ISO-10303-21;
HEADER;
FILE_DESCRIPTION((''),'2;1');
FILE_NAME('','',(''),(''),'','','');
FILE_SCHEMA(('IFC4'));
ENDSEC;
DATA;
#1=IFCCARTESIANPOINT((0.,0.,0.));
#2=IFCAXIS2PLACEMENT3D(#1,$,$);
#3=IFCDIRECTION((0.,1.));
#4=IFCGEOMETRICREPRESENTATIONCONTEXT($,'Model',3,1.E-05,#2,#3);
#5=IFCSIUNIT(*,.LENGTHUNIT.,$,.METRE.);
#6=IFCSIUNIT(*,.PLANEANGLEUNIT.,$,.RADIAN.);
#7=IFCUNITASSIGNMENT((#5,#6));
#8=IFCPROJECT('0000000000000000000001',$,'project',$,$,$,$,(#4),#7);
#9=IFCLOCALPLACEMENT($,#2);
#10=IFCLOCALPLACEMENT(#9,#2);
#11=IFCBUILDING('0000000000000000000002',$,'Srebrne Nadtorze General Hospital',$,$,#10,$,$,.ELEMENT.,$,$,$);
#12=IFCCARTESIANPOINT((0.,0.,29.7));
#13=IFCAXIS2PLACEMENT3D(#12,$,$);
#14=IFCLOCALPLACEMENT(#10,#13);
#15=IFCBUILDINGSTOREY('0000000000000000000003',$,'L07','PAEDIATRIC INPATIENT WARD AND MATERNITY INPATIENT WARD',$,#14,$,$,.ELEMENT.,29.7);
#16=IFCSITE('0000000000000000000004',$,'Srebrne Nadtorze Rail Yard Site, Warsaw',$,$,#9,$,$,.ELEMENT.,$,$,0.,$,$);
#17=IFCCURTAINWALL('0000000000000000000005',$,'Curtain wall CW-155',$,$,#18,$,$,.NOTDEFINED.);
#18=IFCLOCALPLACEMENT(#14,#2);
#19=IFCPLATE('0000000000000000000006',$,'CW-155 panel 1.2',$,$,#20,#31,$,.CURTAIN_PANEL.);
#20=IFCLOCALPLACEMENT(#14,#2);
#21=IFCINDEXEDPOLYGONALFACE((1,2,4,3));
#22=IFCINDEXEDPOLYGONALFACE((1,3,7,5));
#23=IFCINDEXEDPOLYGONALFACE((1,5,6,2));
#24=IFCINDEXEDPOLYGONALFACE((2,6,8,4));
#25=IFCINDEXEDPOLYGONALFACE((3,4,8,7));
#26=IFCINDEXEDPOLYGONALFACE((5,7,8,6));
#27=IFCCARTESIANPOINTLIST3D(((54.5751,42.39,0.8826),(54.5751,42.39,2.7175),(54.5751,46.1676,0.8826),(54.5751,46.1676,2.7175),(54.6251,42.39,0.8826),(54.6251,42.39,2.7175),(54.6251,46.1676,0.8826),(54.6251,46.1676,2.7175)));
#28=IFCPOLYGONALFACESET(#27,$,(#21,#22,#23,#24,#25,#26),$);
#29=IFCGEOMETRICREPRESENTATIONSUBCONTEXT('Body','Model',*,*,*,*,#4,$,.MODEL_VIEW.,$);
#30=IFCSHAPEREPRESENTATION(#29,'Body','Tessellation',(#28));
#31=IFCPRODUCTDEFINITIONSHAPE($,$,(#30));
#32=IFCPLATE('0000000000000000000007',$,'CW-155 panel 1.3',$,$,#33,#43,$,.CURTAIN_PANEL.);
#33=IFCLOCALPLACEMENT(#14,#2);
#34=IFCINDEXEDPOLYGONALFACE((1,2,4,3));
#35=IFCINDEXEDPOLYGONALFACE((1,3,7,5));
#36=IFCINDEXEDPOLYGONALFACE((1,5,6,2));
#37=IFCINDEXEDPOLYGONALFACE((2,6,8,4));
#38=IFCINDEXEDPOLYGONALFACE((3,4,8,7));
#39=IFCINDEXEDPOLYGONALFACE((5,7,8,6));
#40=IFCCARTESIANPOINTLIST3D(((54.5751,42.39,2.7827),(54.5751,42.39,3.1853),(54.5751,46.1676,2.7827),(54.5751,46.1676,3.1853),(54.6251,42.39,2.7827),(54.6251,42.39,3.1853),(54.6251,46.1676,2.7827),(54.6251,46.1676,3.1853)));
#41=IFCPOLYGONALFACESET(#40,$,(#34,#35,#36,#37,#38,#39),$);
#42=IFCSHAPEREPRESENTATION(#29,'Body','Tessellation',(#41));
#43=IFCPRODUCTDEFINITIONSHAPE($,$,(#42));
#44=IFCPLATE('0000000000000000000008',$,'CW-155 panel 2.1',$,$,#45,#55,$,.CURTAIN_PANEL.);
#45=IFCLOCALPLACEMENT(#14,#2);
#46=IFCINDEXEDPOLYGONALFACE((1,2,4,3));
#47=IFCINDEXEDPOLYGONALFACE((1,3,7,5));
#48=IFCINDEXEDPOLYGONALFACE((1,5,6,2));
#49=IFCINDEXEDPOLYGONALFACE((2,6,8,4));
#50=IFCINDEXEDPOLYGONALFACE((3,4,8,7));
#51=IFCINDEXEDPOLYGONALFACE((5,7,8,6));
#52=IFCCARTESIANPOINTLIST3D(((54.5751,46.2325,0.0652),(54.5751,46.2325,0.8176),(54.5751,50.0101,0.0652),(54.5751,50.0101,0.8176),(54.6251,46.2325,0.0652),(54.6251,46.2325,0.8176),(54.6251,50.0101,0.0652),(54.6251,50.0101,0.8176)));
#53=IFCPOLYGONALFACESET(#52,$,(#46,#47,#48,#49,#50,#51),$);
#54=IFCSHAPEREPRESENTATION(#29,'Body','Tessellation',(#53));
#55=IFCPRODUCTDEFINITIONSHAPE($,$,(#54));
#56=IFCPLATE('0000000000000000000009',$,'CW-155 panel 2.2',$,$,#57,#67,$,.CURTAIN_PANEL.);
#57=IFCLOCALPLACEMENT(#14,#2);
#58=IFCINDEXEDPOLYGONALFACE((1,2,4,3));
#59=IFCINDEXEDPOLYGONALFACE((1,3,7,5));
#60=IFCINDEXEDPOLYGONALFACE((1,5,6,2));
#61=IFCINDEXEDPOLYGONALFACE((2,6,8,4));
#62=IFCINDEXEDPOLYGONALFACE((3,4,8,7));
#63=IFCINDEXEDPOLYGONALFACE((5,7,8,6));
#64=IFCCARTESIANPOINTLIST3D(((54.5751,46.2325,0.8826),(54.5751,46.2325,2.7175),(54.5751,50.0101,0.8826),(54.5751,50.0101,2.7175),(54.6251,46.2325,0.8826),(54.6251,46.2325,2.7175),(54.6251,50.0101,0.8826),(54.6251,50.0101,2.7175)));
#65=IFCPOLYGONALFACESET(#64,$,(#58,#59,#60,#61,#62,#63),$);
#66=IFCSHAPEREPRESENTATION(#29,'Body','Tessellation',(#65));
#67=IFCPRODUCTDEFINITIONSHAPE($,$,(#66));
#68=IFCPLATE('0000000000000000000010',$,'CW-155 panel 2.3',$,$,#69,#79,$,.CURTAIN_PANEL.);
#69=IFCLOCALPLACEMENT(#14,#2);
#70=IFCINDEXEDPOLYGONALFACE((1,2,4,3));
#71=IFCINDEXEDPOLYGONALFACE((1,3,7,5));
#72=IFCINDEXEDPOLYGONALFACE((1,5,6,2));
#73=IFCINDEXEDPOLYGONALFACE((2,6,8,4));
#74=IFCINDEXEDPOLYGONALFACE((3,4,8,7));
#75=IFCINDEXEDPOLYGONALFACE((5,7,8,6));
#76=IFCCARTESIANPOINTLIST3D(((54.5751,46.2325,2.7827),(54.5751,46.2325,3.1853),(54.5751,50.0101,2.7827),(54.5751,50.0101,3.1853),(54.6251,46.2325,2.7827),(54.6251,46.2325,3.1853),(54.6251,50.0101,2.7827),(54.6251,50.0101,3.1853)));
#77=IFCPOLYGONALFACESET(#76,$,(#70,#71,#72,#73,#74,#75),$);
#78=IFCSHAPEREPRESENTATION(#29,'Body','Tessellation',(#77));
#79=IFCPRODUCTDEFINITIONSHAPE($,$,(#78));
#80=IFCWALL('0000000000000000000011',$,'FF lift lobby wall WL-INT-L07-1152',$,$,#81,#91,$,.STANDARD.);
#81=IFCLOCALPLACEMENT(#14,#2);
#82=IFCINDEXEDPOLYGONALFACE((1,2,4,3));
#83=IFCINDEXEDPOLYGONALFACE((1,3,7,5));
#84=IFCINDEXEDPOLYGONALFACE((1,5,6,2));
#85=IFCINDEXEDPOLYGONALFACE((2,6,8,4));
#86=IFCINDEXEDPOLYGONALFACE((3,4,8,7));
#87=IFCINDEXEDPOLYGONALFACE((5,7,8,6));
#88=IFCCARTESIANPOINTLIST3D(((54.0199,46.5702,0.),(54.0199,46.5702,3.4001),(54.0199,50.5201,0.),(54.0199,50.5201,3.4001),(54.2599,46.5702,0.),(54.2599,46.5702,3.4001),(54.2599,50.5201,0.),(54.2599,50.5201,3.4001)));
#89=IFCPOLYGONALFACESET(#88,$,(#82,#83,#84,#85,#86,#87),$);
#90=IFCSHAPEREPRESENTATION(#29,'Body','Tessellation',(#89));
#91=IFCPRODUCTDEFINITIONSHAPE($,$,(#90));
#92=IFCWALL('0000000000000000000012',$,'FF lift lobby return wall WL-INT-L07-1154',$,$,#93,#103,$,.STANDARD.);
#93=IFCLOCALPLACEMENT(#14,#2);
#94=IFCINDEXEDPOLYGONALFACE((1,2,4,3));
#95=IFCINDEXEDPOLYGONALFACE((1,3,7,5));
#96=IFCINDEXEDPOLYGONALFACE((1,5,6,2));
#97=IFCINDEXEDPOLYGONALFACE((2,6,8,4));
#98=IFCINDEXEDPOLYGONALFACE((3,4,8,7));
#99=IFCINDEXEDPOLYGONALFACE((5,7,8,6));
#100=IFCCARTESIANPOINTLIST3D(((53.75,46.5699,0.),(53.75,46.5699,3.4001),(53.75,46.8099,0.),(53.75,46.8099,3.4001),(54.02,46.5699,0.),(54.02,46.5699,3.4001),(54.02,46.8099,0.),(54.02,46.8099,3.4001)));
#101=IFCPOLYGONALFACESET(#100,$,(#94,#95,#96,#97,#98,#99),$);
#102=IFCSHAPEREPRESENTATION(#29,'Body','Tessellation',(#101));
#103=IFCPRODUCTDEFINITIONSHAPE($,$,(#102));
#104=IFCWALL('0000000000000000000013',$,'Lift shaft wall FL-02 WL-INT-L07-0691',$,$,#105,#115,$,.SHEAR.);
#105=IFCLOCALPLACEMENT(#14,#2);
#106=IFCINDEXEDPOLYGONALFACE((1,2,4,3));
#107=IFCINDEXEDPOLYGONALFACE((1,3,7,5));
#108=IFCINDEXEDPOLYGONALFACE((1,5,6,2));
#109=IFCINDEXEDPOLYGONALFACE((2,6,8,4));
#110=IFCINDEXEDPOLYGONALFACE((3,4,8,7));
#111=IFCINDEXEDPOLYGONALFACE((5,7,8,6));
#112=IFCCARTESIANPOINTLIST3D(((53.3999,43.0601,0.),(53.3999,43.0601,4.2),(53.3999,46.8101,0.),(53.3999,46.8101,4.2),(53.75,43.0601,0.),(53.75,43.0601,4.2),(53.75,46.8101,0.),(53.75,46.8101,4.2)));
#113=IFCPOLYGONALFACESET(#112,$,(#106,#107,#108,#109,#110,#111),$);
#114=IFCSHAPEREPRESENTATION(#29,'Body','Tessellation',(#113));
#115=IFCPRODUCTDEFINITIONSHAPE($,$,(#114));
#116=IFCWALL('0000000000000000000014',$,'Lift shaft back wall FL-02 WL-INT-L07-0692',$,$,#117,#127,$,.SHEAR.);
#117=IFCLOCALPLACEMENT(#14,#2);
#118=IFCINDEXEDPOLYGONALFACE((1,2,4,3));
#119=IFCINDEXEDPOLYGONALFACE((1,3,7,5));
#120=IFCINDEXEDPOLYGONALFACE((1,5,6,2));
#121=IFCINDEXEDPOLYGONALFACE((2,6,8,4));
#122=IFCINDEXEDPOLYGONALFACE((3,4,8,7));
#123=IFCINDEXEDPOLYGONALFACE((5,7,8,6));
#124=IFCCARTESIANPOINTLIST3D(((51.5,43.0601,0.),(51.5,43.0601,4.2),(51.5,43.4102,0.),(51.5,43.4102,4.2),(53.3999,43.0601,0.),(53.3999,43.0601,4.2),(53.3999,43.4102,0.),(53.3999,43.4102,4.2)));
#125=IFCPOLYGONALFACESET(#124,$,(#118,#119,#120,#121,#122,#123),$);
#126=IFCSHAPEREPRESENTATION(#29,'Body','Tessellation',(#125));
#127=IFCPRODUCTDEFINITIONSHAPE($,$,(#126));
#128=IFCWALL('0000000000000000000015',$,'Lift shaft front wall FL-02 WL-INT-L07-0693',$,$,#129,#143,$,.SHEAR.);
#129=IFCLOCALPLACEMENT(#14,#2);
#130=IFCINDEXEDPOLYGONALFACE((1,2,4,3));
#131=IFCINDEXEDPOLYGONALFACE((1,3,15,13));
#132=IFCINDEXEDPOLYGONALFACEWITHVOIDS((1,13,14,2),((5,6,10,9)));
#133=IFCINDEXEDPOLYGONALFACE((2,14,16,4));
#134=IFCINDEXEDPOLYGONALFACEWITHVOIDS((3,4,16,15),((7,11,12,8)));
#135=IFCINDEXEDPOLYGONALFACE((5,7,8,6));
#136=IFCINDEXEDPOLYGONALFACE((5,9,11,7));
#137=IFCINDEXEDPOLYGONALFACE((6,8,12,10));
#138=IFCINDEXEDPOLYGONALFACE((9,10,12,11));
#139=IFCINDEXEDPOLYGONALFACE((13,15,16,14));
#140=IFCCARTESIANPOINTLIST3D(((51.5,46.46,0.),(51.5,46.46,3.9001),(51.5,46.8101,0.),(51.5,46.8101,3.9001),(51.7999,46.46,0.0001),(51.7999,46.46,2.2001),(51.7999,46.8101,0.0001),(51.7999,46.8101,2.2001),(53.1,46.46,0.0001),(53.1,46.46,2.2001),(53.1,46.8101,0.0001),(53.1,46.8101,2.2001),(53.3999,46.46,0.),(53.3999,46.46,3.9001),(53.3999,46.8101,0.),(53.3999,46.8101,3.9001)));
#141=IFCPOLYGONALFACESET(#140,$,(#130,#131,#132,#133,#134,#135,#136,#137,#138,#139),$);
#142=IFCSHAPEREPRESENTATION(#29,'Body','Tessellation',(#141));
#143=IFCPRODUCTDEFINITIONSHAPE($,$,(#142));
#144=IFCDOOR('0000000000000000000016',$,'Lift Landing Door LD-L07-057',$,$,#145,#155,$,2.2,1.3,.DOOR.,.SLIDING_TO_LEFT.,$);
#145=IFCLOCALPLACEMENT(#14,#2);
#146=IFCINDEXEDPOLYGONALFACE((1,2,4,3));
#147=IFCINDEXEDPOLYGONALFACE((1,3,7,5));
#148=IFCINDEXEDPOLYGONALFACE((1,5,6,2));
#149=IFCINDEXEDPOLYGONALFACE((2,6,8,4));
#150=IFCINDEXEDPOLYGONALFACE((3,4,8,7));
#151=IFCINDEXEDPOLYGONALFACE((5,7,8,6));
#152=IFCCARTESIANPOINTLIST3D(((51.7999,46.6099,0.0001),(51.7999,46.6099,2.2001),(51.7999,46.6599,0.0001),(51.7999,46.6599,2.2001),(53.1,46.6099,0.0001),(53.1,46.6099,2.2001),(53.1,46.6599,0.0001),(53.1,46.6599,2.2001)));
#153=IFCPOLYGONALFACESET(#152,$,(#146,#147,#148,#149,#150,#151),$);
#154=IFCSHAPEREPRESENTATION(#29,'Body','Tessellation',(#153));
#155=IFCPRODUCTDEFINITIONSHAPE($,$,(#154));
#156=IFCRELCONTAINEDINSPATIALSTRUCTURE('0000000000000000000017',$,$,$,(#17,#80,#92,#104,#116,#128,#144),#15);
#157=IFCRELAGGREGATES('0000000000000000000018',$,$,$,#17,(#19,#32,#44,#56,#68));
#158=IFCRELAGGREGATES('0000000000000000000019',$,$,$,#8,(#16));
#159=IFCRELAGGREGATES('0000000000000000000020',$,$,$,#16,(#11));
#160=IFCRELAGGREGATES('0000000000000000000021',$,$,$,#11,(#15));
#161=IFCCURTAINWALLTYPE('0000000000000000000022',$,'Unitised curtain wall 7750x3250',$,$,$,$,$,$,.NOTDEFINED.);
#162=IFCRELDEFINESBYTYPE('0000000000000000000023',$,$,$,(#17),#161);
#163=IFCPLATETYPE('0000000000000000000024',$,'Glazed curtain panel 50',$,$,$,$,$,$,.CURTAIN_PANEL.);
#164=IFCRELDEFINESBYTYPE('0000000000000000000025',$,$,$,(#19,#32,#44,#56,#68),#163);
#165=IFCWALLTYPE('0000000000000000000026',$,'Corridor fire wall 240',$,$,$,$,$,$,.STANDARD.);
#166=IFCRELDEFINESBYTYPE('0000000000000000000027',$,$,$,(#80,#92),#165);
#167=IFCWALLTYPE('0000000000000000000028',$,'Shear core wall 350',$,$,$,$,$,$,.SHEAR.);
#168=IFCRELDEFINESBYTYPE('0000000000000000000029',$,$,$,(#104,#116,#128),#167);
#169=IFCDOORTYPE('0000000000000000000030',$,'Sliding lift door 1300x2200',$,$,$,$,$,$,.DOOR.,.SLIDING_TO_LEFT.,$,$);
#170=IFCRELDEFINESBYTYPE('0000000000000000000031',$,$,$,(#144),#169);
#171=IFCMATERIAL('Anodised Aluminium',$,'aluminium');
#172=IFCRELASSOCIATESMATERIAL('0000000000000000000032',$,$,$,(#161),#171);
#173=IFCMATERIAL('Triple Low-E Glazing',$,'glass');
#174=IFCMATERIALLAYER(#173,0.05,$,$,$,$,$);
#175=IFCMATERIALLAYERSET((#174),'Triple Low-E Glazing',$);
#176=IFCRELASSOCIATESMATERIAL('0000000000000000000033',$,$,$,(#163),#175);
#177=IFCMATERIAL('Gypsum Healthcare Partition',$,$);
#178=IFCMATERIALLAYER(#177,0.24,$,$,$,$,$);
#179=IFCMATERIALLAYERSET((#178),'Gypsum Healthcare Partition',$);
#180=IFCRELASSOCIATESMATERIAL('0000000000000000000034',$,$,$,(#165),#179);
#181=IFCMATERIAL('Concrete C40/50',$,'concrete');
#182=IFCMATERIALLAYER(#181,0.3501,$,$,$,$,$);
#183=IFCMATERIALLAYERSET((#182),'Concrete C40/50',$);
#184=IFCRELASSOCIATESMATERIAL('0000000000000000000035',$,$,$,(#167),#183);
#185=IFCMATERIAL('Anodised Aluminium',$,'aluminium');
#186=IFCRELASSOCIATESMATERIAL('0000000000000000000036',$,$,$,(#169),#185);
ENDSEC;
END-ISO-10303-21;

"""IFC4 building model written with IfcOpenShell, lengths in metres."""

from ifc_helpers import new_model, si_unit, direction, frame, frame_2d, origin, origin_2d, place, context, subcontext, project, spatial, rectangle, extrude, material, layer, layer_set, type_object, element, fill, aggregate, save


model = new_model("IFC4")

# Units and contexts
model_context = context("Model", 3, precision=1e-05, world=origin(), true_north=direction((0.0, 1.0)))
body_context = subcontext(model_context, "Body", "Model", "MODEL_VIEW")
ifc_project = project(units=[si_unit("LENGTHUNIT", "METRE"), si_unit("PLANEANGLEUNIT", "RADIAN")], contexts=[model_context])

# Site, building, storey
site_placement = place(None, origin())
site = spatial("IfcSite", under=ifc_project, at=site_placement, Name="Srebrne Nadtorze Rail Yard Site, Warsaw", CompositionType="ELEMENT", RefElevation=0.0)
building_placement = place(site_placement, origin())
building = spatial("IfcBuilding", under=site, at=building_placement, Name="Srebrne Nadtorze General Hospital", CompositionType="ELEMENT")
storey_placement = place(building_placement, frame((0.0, 0.0, 29.7)))
storey = spatial("IfcBuildingStorey", under=building, at=storey_placement, Name="L07", Description="PAEDIATRIC INPATIENT WARD AND MATERNITY INPATIENT WARD", CompositionType="ELEMENT", Elevation=29.7)

# Curtain wall
ifc_material_1 = material(Name="Anodised Aluminium", Category="aluminium")
curtain_wall_type = type_object("IfcCurtainWallType", Name="Unitised curtain wall 7750x3250", PredefinedType="NOTDEFINED", material=ifc_material_1)
curtain_wall_placement = place(storey_placement, origin())
curtain_wall = element("IfcCurtainWall", 1, at=curtain_wall_placement, inside=storey, type_object=curtain_wall_type, Name="Curtain wall CW-155", PredefinedType="NOTDEFINED")

# Plates
ifc_material_2 = material(Name="Triple Low-E Glazing", Category="glass")
ifc_layer_1 = layer(ifc_material_2, 0.05)
ifc_layer_set_1 = layer_set([ifc_layer_1], Name="Triple Low-E Glazing")
plate_type = type_object("IfcPlateType", Name="Glazed curtain panel 50", PredefinedType="CURTAIN_PANEL", material=ifc_layer_set_1)
plate_1_placement = place(storey_placement, frame((54.6001, 44.2788, 0.8826), z_axis=(0.0, 0.0, 1.0), x_axis=(0.0, 1.0, 0.0)))
plate_1 = element("IfcPlate", 2, at=plate_1_placement, type_object=plate_type, Name="CW-155 panel 1.2", PredefinedType="CURTAIN_PANEL", context=body_context, shape_type="SweptSolid", body=[
    extrude(rectangle(XDim=3.7776, YDim=0.05, at=origin_2d()), origin(), (0.0, 0.0, 1.0), 1.835),
])
plate_2_placement = place(storey_placement, frame((54.6001, 44.2788, 2.7827), z_axis=(0.0, 0.0, 1.0), x_axis=(0.0, 1.0, 0.0)))
plate_2 = element("IfcPlate", 3, at=plate_2_placement, type_object=plate_type, Name="CW-155 panel 1.3", PredefinedType="CURTAIN_PANEL", context=body_context, shape_type="SweptSolid", body=[
    extrude(rectangle(XDim=3.7776, YDim=0.05, at=origin_2d()), origin(), (0.0, 0.0, 1.0), 0.4026),
])
plate_3_placement = place(storey_placement, frame((54.6001, 48.1213, 0.0652), z_axis=(0.0, 0.0, 1.0), x_axis=(0.0, 1.0, 0.0)))
plate_3 = element("IfcPlate", 4, at=plate_3_placement, type_object=plate_type, Name="CW-155 panel 2.1", PredefinedType="CURTAIN_PANEL", context=body_context, shape_type="SweptSolid", body=[
    extrude(rectangle(XDim=3.7776, YDim=0.05, at=origin_2d()), origin(), (0.0, 0.0, 1.0), 0.7524),
])
plate_4_placement = place(storey_placement, frame((54.6001, 48.1213, 0.8826), z_axis=(0.0, 0.0, 1.0), x_axis=(0.0, 1.0, 0.0)))
plate_4 = element("IfcPlate", 5, at=plate_4_placement, type_object=plate_type, Name="CW-155 panel 2.2", PredefinedType="CURTAIN_PANEL", context=body_context, shape_type="SweptSolid", body=[
    extrude(rectangle(XDim=3.7776, YDim=0.05, at=origin_2d()), origin(), (0.0, 0.0, 1.0), 1.835),
])
plate_5_placement = place(storey_placement, frame((54.6001, 48.1213, 2.7827), z_axis=(0.0, 0.0, 1.0), x_axis=(0.0, 1.0, 0.0)))
plate_5 = element("IfcPlate", 6, at=plate_5_placement, type_object=plate_type, Name="CW-155 panel 2.3", PredefinedType="CURTAIN_PANEL", context=body_context, shape_type="SweptSolid", body=[
    extrude(rectangle(XDim=3.7776, YDim=0.05, at=origin_2d()), origin(), (0.0, 0.0, 1.0), 0.4026),
])
aggregate(curtain_wall, [plate_1, plate_2, plate_3, plate_4, plate_5])

# Walls
ifc_material_3 = material(Name="Gypsum Healthcare Partition")
ifc_layer_2 = layer(ifc_material_3, 0.24)
ifc_layer_set_2 = layer_set([ifc_layer_2], Name="Gypsum Healthcare Partition")
wall_type_1 = type_object("IfcWallType", Name="Corridor fire wall 240", PredefinedType="STANDARD", material=ifc_layer_set_2)
wall_1_placement = place(storey_placement, frame((54.1399, 46.5701, 0.0), z_axis=(0.0, 0.0, 1.0), x_axis=(0.0, 1.0, 0.0)))
element("IfcWall", 7, at=wall_1_placement, inside=storey, type_object=wall_type_1, Name="FF lift lobby wall WL-INT-L07-1152", PredefinedType="STANDARD", context=body_context, shape_type="SweptSolid", body=[
    extrude(rectangle(XDim=3.95, YDim=0.24, at=frame_2d((1.9751, 0.0))), origin(), (0.0, 0.0, 1.0), 3.4001),
])
wall_2_placement = place(storey_placement, frame((53.75, 46.6899, 0.0), z_axis=(0.0, 0.0, 1.0), x_axis=(1.0, 0.0, 0.0)))
element("IfcWall", 8, at=wall_2_placement, inside=storey, type_object=wall_type_1, Name="FF lift lobby return wall WL-INT-L07-1154", PredefinedType="STANDARD", context=body_context, shape_type="SweptSolid", body=[
    extrude(rectangle(XDim=0.27, YDim=0.24, at=frame_2d((0.135, 0.0))), origin(), (0.0, 0.0, 1.0), 3.4001),
])
ifc_material_4 = material(Name="Concrete C40/50", Category="concrete")
ifc_layer_3 = layer(ifc_material_4, 0.3501)
ifc_layer_set_3 = layer_set([ifc_layer_3], Name="Concrete C40/50")
wall_type_2 = type_object("IfcWallType", Name="Shear core wall 350", PredefinedType="SHEAR", material=ifc_layer_set_3)
wall_3_placement = place(storey_placement, frame((53.575, 43.0601, 0.0), z_axis=(0.0, 0.0, 1.0), x_axis=(0.0, 1.0, 0.0)))
element("IfcWall", 9, at=wall_3_placement, inside=storey, type_object=wall_type_2, Name="Lift shaft wall FL-02 WL-INT-L07-0691", PredefinedType="SHEAR", context=body_context, shape_type="SweptSolid", body=[
    extrude(rectangle(XDim=3.75, YDim=0.3501, at=frame_2d((1.875, 0.0))), origin(), (0.0, 0.0, 1.0), 4.2),
])
wall_4_placement = place(storey_placement, frame((51.5, 43.2351, 0.0), z_axis=(0.0, 0.0, 1.0), x_axis=(1.0, 0.0, 0.0)))
element("IfcWall", 10, at=wall_4_placement, inside=storey, type_object=wall_type_2, Name="Lift shaft back wall FL-02 WL-INT-L07-0692", PredefinedType="SHEAR", context=body_context, shape_type="SweptSolid", body=[
    extrude(rectangle(XDim=1.8999, YDim=0.3501, at=frame_2d((0.95, 0.0))), origin(), (0.0, 0.0, 1.0), 4.2),
])

# Wall, opening, door
wall_5_placement = place(storey_placement, frame((51.5, 46.635, 0.0), z_axis=(0.0, 0.0, 1.0), x_axis=(1.0, 0.0, 0.0)))
wall_5 = element("IfcWall", 11, at=wall_5_placement, inside=storey, type_object=wall_type_2, Name="Lift shaft front wall FL-02 WL-INT-L07-0693", PredefinedType="SHEAR", context=body_context, shape_type="SweptSolid", body=[
    extrude(rectangle(XDim=1.8999, YDim=0.3501, at=frame_2d((0.95, 0.0))), origin(), (0.0, 0.0, 1.0), 3.9001),
])
opening_1_placement = place(wall_5_placement, frame((0.3, 0.0, 0.0)))
opening_1 = element("IfcOpeningElement", 12, at=opening_1_placement, cuts=wall_5, PredefinedType="OPENING", context=body_context, shape_type="SweptSolid", body=[
    extrude(rectangle(XDim=1.3, YDim=2.2, at=frame_2d((0.6499, 1.1001))), frame((0.0, 0.187, 0.0), z_axis=(0.0, -1.0, 0.0), x_axis=(1.0, 0.0, 0.0)), (0.0, 0.0, 1.0), 0.374),
])
ifc_material_5 = material(Name="Anodised Aluminium", Category="aluminium")
door_type = type_object("IfcDoorType", Name="Sliding lift door 1300x2200", OperationType="SLIDING_TO_LEFT", PredefinedType="DOOR", material=ifc_material_5)
door_placement = place(opening_1_placement, origin())
door = element("IfcDoor", 13, at=door_placement, inside=storey, type_object=door_type, Name="Lift Landing Door LD-L07-057", OperationType="SLIDING_TO_LEFT", OverallHeight=2.2, OverallWidth=1.3, PredefinedType="DOOR", context=body_context, shape_type="SweptSolid", body=[
    extrude(rectangle(XDim=1.3, YDim=2.2, at=frame_2d((0.6499, 1.1001))), frame((0.0, 0.0249, 0.0), z_axis=(0.0, -1.0, 0.0), x_axis=(1.0, 0.0, 0.0)), (0.0, 0.0, 1.0), 0.05),
])
fill(opening_1, door)

save(model, "model.ifc")
